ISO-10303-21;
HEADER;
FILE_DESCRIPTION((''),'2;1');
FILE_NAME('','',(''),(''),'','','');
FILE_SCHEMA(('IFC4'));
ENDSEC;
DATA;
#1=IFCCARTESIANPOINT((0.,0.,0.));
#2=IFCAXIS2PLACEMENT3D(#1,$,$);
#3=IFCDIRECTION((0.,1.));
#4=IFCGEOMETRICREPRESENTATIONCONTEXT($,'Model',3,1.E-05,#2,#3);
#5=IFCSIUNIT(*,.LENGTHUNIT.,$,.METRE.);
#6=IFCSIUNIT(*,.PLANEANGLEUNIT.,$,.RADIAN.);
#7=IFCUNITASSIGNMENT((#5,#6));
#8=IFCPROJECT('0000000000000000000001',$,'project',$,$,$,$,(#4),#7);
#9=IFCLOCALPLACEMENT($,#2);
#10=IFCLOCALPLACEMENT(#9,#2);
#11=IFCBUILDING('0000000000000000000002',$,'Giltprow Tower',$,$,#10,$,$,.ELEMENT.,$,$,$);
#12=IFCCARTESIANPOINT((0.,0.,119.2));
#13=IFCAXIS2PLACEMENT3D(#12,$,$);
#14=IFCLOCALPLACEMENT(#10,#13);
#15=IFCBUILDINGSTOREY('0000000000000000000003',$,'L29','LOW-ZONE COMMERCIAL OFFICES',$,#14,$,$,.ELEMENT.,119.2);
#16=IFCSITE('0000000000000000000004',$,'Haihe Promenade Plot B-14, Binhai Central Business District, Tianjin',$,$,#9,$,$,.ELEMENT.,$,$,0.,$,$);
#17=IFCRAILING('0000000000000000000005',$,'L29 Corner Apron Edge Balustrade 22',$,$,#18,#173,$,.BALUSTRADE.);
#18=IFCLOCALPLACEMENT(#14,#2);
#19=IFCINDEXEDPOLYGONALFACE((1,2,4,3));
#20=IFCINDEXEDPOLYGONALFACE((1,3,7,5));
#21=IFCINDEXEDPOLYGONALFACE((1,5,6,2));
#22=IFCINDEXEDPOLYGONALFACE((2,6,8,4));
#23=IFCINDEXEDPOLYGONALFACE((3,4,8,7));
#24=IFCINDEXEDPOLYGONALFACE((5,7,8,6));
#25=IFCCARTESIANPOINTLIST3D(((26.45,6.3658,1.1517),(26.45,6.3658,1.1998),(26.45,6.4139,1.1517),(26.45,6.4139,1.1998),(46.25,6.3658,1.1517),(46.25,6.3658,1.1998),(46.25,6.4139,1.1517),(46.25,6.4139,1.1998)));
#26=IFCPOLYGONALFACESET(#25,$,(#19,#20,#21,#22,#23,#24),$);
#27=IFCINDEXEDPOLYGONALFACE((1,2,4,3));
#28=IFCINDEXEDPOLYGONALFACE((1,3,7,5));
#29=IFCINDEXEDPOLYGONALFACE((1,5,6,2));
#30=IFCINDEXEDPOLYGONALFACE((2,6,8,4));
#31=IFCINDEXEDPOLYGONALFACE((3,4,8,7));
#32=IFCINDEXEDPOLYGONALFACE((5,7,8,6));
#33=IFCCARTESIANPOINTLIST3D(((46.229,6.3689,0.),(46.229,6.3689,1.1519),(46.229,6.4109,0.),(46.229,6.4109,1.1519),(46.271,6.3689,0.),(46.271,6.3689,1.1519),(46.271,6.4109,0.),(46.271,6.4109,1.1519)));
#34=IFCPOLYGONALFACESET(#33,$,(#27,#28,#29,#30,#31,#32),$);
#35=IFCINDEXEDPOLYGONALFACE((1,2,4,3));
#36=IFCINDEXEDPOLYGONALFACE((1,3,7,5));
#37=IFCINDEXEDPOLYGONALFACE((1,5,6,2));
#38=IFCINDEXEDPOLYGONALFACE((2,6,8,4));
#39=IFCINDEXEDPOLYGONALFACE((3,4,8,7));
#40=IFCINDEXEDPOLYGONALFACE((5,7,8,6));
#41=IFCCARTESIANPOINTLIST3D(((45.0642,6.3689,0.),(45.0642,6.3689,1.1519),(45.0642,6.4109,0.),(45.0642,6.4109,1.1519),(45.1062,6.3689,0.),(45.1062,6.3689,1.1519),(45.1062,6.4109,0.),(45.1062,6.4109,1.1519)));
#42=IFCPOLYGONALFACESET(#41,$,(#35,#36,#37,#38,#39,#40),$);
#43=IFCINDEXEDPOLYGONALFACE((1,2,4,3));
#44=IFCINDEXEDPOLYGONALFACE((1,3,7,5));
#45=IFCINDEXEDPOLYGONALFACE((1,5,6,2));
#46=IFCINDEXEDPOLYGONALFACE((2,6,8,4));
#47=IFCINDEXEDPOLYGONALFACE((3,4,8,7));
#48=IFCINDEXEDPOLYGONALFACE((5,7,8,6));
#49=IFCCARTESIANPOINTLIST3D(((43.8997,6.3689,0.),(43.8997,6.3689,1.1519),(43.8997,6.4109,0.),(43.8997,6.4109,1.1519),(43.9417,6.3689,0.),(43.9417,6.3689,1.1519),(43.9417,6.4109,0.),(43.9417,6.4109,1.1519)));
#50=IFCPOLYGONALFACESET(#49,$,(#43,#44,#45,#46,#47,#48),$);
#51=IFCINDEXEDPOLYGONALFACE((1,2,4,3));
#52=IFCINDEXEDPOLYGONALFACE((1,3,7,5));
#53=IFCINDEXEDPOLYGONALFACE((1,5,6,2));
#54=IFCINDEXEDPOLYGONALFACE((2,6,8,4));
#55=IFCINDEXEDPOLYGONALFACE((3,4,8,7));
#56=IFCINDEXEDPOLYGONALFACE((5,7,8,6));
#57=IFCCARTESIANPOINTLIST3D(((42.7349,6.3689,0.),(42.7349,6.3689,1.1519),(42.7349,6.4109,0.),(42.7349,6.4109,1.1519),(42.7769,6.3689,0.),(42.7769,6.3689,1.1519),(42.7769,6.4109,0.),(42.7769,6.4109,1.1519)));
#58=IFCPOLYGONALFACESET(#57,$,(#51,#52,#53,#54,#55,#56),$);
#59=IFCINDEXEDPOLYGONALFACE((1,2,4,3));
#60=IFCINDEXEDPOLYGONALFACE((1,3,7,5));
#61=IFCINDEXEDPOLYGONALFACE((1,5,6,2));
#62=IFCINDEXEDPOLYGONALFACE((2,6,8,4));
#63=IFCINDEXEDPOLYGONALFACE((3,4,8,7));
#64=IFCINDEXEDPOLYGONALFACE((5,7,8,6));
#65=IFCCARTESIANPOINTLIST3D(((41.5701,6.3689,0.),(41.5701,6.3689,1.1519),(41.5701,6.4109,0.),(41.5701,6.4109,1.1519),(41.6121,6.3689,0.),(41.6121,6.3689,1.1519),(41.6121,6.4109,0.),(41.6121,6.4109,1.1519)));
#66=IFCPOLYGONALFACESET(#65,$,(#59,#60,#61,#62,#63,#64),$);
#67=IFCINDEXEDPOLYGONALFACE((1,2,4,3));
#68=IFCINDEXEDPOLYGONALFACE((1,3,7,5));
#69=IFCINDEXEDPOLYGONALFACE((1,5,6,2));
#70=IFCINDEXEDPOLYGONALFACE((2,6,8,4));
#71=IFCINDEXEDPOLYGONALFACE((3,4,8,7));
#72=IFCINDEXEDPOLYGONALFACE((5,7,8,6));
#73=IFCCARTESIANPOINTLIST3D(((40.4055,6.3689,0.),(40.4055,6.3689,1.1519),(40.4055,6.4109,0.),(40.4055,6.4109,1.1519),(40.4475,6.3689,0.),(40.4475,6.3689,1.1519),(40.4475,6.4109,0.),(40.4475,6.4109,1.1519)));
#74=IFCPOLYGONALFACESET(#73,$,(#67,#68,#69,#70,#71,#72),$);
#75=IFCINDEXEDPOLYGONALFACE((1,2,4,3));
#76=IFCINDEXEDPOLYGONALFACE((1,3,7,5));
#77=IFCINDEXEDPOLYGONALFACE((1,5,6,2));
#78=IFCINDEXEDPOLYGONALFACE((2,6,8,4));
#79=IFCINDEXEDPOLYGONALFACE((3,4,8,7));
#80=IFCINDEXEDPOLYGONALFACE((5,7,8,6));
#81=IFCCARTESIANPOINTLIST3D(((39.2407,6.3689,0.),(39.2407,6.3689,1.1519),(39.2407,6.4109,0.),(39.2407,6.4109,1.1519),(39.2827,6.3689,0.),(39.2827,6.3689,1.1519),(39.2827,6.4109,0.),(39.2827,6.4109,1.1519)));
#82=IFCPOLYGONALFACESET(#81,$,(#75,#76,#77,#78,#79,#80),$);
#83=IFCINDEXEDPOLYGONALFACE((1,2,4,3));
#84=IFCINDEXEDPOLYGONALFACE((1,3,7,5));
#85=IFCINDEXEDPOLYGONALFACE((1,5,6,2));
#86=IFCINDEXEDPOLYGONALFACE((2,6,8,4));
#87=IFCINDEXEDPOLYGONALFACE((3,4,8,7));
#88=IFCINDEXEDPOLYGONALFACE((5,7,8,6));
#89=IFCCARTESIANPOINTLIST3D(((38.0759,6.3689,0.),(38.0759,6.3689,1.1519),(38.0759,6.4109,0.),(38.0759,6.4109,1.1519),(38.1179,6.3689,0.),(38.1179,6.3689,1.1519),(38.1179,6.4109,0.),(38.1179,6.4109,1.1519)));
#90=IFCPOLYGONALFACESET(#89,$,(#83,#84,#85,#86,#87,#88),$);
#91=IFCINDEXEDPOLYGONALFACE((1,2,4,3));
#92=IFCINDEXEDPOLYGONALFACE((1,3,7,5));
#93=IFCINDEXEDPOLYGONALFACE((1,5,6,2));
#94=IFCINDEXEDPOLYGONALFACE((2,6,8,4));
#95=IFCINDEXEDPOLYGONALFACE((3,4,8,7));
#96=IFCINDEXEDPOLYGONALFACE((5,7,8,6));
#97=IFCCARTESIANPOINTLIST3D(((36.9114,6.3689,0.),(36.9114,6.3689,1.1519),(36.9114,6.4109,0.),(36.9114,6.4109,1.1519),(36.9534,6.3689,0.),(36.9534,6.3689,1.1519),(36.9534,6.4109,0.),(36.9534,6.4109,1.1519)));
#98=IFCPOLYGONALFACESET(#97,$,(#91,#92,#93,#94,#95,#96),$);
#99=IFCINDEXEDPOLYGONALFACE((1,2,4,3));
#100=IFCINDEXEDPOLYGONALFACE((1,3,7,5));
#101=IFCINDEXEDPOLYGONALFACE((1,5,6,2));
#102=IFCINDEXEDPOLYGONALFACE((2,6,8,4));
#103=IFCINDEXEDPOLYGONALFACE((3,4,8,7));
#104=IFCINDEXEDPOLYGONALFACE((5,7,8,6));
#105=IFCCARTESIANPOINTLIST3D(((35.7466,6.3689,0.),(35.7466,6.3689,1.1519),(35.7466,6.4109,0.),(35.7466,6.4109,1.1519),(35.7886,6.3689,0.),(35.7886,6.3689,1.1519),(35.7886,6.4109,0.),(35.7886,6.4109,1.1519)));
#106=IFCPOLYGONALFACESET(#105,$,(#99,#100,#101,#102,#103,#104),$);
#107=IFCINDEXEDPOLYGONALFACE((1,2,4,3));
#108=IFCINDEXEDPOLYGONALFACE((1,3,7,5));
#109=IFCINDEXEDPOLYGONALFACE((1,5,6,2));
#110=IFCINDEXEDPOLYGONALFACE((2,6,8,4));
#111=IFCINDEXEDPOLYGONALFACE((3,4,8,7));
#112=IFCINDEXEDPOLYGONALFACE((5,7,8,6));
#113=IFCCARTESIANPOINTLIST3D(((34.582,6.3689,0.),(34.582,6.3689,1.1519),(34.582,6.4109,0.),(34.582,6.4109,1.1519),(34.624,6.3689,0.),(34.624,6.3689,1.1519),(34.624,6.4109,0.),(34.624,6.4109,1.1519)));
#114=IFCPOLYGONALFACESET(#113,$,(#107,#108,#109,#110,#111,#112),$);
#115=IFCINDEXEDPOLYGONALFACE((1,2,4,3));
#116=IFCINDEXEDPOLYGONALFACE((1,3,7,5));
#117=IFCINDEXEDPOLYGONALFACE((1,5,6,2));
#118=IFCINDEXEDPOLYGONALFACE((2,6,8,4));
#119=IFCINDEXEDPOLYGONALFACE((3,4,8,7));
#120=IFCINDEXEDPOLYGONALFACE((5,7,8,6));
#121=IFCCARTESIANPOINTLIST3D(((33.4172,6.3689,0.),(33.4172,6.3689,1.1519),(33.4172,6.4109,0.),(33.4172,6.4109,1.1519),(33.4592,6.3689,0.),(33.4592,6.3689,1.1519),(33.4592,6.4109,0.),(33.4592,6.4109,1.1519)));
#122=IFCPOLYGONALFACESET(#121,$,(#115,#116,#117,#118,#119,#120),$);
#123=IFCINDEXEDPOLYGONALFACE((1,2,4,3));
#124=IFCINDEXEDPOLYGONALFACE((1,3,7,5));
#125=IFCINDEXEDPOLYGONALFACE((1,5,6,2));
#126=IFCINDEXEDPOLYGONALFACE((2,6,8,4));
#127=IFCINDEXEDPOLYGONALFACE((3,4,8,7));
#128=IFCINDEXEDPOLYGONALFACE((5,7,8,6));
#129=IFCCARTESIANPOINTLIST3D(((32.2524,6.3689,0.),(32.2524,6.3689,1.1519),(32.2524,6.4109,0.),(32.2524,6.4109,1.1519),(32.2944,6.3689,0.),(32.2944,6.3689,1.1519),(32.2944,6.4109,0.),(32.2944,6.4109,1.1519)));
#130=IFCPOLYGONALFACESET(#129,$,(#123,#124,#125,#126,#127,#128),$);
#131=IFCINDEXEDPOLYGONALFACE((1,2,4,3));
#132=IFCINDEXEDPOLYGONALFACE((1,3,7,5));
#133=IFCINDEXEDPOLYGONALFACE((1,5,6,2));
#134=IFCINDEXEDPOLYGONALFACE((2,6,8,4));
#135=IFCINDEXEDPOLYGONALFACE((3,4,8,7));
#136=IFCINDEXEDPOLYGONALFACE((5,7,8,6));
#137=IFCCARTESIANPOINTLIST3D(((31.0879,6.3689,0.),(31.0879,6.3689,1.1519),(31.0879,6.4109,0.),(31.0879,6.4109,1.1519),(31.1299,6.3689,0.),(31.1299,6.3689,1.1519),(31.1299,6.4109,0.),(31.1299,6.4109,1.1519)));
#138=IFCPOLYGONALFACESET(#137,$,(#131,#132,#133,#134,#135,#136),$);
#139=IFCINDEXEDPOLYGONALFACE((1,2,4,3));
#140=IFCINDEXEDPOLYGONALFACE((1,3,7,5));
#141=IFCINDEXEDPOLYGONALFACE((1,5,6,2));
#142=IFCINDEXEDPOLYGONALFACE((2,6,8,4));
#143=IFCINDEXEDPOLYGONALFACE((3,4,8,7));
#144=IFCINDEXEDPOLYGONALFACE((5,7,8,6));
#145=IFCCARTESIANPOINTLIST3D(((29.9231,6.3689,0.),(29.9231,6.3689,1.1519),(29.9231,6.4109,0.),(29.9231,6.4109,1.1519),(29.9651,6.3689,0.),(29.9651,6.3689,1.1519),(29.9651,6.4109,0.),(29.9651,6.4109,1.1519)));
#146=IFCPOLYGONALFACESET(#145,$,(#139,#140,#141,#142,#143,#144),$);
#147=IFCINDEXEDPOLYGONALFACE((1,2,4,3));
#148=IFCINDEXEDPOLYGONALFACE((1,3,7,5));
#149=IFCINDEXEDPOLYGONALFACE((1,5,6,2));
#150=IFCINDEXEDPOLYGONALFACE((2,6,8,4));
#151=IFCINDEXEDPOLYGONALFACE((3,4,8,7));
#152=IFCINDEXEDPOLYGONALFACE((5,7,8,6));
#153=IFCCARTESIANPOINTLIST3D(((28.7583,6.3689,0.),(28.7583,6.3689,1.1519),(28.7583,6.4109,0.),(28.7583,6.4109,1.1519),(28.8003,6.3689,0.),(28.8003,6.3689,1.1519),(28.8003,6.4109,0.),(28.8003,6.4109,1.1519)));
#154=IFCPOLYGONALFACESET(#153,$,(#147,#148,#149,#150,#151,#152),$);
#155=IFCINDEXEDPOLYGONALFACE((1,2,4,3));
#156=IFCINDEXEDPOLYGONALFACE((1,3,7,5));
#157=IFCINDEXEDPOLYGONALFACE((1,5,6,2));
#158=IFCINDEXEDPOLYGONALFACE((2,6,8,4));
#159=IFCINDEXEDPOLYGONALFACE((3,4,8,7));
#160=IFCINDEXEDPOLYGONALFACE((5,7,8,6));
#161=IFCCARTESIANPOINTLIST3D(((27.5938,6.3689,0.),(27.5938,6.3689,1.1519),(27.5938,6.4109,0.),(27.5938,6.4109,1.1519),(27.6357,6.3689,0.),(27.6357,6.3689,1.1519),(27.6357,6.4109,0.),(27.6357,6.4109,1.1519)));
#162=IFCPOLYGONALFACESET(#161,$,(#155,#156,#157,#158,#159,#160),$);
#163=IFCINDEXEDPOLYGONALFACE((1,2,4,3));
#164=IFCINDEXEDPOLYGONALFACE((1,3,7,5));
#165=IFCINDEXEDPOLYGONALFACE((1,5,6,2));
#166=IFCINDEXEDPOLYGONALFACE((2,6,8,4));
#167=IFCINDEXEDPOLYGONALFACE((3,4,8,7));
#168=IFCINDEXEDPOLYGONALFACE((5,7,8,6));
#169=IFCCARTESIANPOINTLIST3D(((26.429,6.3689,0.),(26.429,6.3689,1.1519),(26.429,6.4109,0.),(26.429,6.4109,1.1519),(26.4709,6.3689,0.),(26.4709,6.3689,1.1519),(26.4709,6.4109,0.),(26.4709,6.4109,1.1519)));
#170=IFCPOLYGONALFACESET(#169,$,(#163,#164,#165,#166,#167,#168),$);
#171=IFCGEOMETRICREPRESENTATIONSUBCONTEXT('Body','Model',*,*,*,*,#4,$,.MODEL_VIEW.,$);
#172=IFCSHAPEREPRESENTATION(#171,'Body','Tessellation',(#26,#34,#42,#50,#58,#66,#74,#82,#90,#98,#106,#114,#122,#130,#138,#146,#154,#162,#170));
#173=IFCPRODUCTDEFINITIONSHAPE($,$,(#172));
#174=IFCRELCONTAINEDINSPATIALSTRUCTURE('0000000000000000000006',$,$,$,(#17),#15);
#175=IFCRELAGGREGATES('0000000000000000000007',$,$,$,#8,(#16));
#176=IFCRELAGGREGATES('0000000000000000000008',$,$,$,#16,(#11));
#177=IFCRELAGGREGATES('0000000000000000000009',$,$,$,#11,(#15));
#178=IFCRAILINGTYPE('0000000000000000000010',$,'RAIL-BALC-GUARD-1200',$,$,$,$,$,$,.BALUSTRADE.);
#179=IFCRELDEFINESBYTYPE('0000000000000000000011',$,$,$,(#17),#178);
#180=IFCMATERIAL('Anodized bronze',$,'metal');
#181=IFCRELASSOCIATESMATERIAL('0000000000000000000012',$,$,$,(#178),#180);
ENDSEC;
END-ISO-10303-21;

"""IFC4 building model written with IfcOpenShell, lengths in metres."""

from ifc_helpers import new_model, si_unit, direction, frame, origin, origin_2d, place, context, subcontext, project, spatial, rectangle, extrude, material, type_object, element, save


model = new_model("IFC4")

# Units and contexts
model_context = context("Model", 3, precision=1e-05, world=origin(), true_north=direction((0.0, 1.0)))
body_context = subcontext(model_context, "Body", "Model", "MODEL_VIEW")
ifc_project = project(units=[si_unit("LENGTHUNIT", "METRE"), si_unit("PLANEANGLEUNIT", "RADIAN")], contexts=[model_context])

# Site, building, storey
site_placement = place(None, origin())
site = spatial("IfcSite", under=ifc_project, at=site_placement, Name="Haihe Promenade Plot B-14, Binhai Central Business District, Tianjin", CompositionType="ELEMENT", RefElevation=0.0)
building_placement = place(site_placement, origin())
building = spatial("IfcBuilding", under=site, at=building_placement, Name="Giltprow Tower", CompositionType="ELEMENT")
storey_placement = place(building_placement, frame((0.0, 0.0, 119.2)))
storey = spatial("IfcBuildingStorey", under=building, at=storey_placement, Name="L29", Description="LOW-ZONE COMMERCIAL OFFICES", CompositionType="ELEMENT", Elevation=119.2)

# Shared definitions
ifc_material_1 = material(Name="Anodized bronze", Category="metal")

# Railing
railing_type = type_object("IfcRailingType", Name="RAIL-BALC-GUARD-1200", PredefinedType="BALUSTRADE", material=ifc_material_1)
railing_1_placement = place(storey_placement, frame((46.25, 6.3899, 0.0)))
element("IfcRailing", 1, at=railing_1_placement, inside=storey, type_object=railing_type, Name="L29 Corner Apron Edge Balustrade 22", PredefinedType="BALUSTRADE", context=body_context, shape_type="SweptSolid", body=[
    extrude(rectangle(XDim=0.0481, YDim=0.0481, at=origin_2d()), frame((0.0, 0.0, 1.1758), z_axis=(-1.0, 0.0, 0.0), x_axis=(0.0, -1.0, 0.0)), (0.0, 0.0, 1.0), 19.8),
    extrude(rectangle(XDim=0.042, YDim=0.042, at=origin_2d()), origin(), (0.0, 0.0, 1.0), 1.1519),
    extrude(rectangle(XDim=0.042, YDim=0.042, at=origin_2d()), frame((-1.1648, 0.0, 0.0)), (0.0, 0.0, 1.0), 1.1519),
    extrude(rectangle(XDim=0.042, YDim=0.042, at=origin_2d()), frame((-2.3293, 0.0, 0.0)), (0.0, 0.0, 1.0), 1.1519),
    extrude(rectangle(XDim=0.042, YDim=0.042, at=origin_2d()), frame((-3.4941, 0.0, 0.0)), (0.0, 0.0, 1.0), 1.1519),
    extrude(rectangle(XDim=0.042, YDim=0.042, at=origin_2d()), frame((-4.6589, 0.0, 0.0)), (0.0, 0.0, 1.0), 1.1519),
    extrude(rectangle(XDim=0.042, YDim=0.042, at=origin_2d()), frame((-5.8235, 0.0, 0.0)), (0.0, 0.0, 1.0), 1.1519),
    extrude(rectangle(XDim=0.042, YDim=0.042, at=origin_2d()), frame((-6.9883, 0.0, 0.0)), (0.0, 0.0, 1.0), 1.1519),
    extrude(rectangle(XDim=0.042, YDim=0.042, at=origin_2d()), frame((-8.1531, 0.0, 0.0)), (0.0, 0.0, 1.0), 1.1519),
    extrude(rectangle(XDim=0.042, YDim=0.042, at=origin_2d()), frame((-9.3176, 0.0, 0.0)), (0.0, 0.0, 1.0), 1.1519),
    extrude(rectangle(XDim=0.042, YDim=0.042, at=origin_2d()), frame((-10.4824, 0.0, 0.0)), (0.0, 0.0, 1.0), 1.1519),
    extrude(rectangle(XDim=0.042, YDim=0.042, at=origin_2d()), frame((-11.647, 0.0, 0.0)), (0.0, 0.0, 1.0), 1.1519),
    extrude(rectangle(XDim=0.042, YDim=0.042, at=origin_2d()), frame((-12.8118, 0.0, 0.0)), (0.0, 0.0, 1.0), 1.1519),
    extrude(rectangle(XDim=0.042, YDim=0.042, at=origin_2d()), frame((-13.9766, 0.0, 0.0)), (0.0, 0.0, 1.0), 1.1519),
    extrude(rectangle(XDim=0.042, YDim=0.042, at=origin_2d()), frame((-15.1411, 0.0, 0.0)), (0.0, 0.0, 1.0), 1.1519),
    extrude(rectangle(XDim=0.042, YDim=0.042, at=origin_2d()), frame((-16.3059, 0.0, 0.0)), (0.0, 0.0, 1.0), 1.1519),
    extrude(rectangle(XDim=0.042, YDim=0.042, at=origin_2d()), frame((-17.4707, 0.0, 0.0)), (0.0, 0.0, 1.0), 1.1519),
    extrude(rectangle(XDim=0.042, YDim=0.042, at=origin_2d()), frame((-18.6353, 0.0, 0.0)), (0.0, 0.0, 1.0), 1.1519),
    extrude(rectangle(XDim=0.042, YDim=0.042, at=origin_2d()), frame((-19.8, 0.0, 0.0)), (0.0, 0.0, 1.0), 1.1519),
])

save(model, "model.ifc")
